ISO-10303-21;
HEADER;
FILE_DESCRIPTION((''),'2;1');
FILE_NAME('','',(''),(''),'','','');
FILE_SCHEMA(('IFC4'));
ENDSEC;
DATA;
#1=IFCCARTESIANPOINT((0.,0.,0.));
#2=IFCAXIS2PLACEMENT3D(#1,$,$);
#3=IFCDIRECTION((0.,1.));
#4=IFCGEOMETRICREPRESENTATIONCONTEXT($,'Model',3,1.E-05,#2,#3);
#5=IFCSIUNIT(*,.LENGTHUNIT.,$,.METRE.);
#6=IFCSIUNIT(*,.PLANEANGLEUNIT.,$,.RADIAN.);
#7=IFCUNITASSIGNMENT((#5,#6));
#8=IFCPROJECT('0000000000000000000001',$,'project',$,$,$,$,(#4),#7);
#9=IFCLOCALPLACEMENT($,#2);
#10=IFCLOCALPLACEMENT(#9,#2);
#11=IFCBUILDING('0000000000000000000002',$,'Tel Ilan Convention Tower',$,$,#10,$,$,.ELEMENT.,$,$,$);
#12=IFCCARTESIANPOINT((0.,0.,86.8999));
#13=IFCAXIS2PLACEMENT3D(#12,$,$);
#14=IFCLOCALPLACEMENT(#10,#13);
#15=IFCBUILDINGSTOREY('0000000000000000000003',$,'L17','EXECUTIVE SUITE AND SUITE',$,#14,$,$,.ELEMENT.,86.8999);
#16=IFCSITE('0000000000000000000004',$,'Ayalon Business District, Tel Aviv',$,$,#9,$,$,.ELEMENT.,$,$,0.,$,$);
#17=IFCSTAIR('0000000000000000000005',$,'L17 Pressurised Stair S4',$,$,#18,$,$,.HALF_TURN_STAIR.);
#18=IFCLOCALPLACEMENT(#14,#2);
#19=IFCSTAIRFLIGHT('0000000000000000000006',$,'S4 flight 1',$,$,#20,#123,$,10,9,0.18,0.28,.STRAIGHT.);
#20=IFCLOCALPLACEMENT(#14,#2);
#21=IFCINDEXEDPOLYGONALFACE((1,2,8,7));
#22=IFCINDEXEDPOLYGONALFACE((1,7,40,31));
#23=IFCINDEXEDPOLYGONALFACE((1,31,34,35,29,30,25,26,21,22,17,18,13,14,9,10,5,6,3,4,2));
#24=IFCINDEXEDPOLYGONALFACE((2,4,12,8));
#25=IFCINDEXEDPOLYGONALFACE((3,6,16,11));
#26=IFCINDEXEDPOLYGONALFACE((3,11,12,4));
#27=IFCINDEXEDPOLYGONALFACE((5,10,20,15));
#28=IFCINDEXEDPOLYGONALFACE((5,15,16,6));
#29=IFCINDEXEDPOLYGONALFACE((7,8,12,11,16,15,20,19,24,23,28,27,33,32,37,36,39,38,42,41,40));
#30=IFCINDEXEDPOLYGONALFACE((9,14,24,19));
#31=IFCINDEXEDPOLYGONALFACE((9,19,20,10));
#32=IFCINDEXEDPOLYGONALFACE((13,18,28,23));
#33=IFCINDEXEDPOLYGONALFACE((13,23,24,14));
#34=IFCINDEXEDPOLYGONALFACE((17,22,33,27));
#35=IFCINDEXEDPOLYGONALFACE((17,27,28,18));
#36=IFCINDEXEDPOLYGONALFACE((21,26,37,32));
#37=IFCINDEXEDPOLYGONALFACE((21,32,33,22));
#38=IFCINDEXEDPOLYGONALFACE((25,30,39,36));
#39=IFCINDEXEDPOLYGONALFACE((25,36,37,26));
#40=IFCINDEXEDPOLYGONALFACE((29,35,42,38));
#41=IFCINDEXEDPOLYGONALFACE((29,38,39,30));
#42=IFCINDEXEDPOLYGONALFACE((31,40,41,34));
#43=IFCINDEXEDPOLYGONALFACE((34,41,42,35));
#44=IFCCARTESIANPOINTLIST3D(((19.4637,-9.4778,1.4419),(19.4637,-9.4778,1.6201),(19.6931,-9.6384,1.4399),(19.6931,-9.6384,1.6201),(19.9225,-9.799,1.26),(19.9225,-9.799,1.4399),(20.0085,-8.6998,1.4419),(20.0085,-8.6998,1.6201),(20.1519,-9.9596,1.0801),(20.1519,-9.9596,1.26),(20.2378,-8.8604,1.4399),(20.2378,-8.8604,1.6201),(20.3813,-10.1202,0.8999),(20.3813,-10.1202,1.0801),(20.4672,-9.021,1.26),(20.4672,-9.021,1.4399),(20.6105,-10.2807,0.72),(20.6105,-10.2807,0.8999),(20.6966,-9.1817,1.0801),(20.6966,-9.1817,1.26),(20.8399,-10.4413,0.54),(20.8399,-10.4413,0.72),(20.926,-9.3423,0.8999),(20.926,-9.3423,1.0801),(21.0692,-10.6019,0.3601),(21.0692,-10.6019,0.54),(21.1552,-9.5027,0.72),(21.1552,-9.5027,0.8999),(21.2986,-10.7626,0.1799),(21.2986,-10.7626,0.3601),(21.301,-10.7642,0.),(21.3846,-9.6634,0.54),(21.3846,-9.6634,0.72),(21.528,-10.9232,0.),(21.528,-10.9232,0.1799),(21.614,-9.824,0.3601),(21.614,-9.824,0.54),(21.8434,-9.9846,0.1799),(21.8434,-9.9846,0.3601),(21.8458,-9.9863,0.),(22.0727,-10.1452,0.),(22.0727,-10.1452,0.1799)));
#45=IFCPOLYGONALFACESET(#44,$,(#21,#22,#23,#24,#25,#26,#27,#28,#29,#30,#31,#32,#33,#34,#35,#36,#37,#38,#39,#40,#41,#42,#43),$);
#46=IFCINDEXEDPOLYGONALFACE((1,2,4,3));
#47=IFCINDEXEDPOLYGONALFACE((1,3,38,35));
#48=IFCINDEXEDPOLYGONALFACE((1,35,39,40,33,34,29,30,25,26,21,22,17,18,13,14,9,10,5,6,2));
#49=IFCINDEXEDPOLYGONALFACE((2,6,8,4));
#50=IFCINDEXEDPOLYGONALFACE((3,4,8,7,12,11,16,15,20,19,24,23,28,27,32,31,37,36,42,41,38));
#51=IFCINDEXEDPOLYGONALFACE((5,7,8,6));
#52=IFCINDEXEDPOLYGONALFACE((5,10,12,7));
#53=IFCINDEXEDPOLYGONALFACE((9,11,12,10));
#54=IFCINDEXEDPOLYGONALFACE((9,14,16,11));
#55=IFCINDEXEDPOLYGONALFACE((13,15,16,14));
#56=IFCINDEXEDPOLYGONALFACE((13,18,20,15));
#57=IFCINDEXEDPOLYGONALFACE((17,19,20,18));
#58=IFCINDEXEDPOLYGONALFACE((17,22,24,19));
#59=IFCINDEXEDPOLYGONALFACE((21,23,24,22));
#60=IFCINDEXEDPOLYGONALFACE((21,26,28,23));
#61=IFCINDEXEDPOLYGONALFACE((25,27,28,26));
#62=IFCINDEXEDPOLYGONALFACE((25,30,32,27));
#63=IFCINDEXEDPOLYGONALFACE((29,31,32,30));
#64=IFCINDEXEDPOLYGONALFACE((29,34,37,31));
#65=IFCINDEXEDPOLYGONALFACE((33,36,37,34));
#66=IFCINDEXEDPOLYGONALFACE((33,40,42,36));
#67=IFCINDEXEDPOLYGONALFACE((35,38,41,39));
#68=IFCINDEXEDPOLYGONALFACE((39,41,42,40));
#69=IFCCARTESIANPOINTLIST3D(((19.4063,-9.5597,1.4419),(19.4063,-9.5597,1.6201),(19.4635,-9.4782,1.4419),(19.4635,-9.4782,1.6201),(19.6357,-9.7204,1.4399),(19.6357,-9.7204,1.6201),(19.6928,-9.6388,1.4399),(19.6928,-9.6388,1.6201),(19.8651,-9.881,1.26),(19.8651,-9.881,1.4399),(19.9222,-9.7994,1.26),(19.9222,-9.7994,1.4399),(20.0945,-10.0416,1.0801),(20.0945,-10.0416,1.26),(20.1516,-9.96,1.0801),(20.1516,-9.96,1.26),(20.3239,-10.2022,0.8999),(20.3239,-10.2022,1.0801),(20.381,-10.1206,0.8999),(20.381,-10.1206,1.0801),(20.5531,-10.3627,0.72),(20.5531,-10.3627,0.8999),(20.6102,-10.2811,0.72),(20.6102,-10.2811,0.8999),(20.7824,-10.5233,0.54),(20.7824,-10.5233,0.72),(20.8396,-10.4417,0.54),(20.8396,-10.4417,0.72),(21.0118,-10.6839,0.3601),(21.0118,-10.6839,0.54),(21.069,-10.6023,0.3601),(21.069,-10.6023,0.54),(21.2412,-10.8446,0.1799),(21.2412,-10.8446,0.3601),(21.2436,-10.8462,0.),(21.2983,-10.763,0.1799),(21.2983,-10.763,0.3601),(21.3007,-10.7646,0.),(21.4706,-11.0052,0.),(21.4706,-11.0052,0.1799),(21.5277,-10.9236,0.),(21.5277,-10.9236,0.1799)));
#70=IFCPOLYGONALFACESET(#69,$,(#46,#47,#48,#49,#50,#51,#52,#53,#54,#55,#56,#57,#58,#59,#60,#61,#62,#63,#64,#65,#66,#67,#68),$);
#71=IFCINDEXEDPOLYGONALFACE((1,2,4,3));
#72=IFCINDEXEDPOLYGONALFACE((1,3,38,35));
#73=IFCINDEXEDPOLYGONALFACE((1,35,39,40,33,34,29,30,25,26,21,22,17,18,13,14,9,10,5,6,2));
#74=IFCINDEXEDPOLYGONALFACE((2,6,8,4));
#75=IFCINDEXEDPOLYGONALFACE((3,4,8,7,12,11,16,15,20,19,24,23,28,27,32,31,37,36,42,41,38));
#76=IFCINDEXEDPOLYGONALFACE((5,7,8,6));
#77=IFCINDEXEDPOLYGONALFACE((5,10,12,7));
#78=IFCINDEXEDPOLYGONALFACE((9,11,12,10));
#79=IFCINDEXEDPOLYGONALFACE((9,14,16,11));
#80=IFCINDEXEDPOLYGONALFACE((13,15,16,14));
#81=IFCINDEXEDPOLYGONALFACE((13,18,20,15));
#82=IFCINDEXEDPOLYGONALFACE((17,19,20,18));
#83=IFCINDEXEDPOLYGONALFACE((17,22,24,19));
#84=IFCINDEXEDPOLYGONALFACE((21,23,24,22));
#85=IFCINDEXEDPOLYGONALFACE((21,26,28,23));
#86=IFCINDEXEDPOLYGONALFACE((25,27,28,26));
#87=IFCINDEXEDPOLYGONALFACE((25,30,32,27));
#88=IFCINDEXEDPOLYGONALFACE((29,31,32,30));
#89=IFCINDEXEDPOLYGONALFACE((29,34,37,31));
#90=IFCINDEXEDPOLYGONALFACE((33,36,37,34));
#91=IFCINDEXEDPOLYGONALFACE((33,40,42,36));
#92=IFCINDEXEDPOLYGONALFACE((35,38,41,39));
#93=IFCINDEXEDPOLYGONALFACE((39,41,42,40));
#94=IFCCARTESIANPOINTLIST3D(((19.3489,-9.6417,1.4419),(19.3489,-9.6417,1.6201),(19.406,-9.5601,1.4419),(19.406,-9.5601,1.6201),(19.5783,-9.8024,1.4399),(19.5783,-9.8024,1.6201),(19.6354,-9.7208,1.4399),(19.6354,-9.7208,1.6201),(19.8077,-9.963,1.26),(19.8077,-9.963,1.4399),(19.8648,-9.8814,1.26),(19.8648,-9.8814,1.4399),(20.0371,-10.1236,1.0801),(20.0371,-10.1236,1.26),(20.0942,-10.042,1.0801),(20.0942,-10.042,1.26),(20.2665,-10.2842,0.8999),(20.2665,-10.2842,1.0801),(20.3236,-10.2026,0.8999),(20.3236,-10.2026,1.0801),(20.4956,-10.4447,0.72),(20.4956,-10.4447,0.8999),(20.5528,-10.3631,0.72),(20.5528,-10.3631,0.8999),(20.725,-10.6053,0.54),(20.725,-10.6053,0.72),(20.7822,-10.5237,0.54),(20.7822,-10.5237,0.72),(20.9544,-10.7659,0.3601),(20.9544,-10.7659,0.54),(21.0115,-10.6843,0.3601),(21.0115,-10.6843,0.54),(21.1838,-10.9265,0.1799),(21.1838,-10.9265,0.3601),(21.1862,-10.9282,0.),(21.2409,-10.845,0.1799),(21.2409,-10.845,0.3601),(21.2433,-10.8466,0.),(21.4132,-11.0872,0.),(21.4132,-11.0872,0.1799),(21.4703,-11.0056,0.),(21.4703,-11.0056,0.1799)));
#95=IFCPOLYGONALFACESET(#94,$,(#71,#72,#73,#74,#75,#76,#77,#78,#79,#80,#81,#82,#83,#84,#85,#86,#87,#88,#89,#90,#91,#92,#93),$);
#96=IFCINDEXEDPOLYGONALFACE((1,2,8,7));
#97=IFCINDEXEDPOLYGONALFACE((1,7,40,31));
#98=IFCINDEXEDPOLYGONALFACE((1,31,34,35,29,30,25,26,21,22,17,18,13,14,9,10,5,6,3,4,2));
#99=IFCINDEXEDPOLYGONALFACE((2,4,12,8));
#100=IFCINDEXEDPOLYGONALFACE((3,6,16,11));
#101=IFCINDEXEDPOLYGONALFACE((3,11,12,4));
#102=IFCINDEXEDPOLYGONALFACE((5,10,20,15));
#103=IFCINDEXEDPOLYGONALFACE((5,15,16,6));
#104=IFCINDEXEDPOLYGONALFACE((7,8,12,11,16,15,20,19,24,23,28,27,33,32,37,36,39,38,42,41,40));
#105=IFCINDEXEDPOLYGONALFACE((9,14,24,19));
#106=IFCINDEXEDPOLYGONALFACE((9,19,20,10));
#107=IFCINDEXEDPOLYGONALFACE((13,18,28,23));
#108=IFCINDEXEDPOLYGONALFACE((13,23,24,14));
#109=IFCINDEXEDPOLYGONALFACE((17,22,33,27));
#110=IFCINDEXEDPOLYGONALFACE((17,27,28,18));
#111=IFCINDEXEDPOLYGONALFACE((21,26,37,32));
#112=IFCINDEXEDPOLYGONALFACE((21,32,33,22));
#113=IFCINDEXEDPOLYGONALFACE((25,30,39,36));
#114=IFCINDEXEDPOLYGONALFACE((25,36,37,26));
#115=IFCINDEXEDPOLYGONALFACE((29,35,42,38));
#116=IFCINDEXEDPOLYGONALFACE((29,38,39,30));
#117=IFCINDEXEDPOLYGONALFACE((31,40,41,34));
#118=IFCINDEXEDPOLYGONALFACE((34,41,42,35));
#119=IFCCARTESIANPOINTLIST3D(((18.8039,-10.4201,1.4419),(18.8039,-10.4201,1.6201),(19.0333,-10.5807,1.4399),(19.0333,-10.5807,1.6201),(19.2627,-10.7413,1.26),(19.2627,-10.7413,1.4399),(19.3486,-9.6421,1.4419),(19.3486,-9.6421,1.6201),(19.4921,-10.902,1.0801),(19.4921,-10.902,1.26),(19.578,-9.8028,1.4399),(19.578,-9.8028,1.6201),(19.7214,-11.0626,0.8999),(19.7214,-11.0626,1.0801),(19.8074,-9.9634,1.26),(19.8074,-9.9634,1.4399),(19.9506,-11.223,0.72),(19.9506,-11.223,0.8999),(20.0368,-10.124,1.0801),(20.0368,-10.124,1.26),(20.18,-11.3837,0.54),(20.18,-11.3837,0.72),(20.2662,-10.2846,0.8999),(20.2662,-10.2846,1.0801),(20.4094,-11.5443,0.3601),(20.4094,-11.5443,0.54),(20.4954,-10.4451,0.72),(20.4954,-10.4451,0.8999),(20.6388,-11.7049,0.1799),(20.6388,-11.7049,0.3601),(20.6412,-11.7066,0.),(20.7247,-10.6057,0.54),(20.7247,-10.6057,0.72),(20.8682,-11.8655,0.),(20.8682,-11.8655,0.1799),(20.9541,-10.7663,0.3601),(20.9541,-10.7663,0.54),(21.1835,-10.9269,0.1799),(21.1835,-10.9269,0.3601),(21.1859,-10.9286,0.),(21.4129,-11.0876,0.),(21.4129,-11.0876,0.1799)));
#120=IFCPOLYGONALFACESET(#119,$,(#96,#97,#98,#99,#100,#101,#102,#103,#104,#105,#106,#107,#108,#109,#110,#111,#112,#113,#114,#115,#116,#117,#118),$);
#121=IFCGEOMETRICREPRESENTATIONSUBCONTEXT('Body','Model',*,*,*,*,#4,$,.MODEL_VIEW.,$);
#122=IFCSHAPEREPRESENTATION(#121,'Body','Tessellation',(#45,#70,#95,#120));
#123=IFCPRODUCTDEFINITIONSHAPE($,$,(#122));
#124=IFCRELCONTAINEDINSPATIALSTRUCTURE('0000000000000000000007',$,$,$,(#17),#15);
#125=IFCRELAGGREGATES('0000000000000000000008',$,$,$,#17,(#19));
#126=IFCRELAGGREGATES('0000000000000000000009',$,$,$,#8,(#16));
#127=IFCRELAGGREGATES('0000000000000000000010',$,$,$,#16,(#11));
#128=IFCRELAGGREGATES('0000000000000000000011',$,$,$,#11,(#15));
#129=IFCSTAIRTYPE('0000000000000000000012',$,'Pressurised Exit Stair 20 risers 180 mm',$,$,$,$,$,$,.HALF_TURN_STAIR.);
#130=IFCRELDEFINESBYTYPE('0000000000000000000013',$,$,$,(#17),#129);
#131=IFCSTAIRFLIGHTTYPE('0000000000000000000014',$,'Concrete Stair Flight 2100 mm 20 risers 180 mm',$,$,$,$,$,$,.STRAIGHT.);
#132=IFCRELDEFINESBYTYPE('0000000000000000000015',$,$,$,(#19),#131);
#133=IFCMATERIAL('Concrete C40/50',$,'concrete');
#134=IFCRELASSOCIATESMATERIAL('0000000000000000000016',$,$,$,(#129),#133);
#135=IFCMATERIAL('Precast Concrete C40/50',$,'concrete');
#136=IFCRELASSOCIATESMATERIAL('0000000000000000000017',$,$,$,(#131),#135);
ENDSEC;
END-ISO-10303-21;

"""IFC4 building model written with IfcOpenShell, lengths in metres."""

from ifc_helpers import new_model, si_unit, direction, frame, origin, place, context, subcontext, project, spatial, polyline, outline, extrude, material, type_object, element, aggregate, save


model = new_model("IFC4")

# Units and contexts
model_context = context("Model", 3, precision=1e-05, world=origin(), true_north=direction((0.0, 1.0)))
body_context = subcontext(model_context, "Body", "Model", "MODEL_VIEW")
ifc_project = project(units=[si_unit("LENGTHUNIT", "METRE"), si_unit("PLANEANGLEUNIT", "RADIAN")], contexts=[model_context])

# Site, building, storey
site_placement = place(None, origin())
site = spatial("IfcSite", under=ifc_project, at=site_placement, Name="Ayalon Business District, Tel Aviv", CompositionType="ELEMENT", RefElevation=0.0)
building_placement = place(site_placement, origin())
building = spatial("IfcBuilding", under=site, at=building_placement, Name="Tel Ilan Convention Tower", CompositionType="ELEMENT")
storey_placement = place(building_placement, frame((0.0, 0.0, 86.8999)))
storey = spatial("IfcBuildingStorey", under=building, at=storey_placement, Name="L17", Description="EXECUTIVE SUITE AND SUITE", CompositionType="ELEMENT", Elevation=86.8999)

# Shared definitions
ifc_material_1 = material(Name="Concrete C40/50", Category="concrete")
stair_type = type_object("IfcStairType", Name="Pressurised Exit Stair 20 risers 180 mm", PredefinedType="HALF_TURN_STAIR", material=ifc_material_1)
ifc_material_2 = material(Name="Precast Concrete C40/50", Category="concrete")
stair_flight_type = type_object("IfcStairFlightType", Name="Concrete Stair Flight 2100 mm 20 risers 180 mm", PredefinedType="STRAIGHT", material=ifc_material_2)

# Stair, stair flight
stair_1_placement = place(storey_placement, origin())
stair_1 = element("IfcStair", 1, at=stair_1_placement, inside=storey, type_object=stair_type, Name="L17 Pressurised Stair S4", PredefinedType="HALF_TURN_STAIR")
stair_flight_1_placement = place(storey_placement, frame((21.4705, -11.0054, 0.0), z_axis=(0.0, 0.0, 1.0), x_axis=(-0.819152, 0.573576, 0.0)))
stair_flight_1 = element("IfcStairFlight", 2, at=stair_flight_1_placement, type_object=stair_flight_type, Name="S4 flight 1", NumberOfRisers=10, NumberOfTreads=9, PredefinedType="STRAIGHT", RiserHeight=0.18, TreadLength=0.28, context=body_context, shape_type="SweptSolid", body=[
    extrude(outline(polyline([(0.0, 0.0), (0.0, 0.1799), (0.28, 0.1799), (0.28, 0.3601), (0.5601, 0.3601), (0.5601, 0.54), (0.8401, 0.54), (0.8401, 0.72), (1.1201, 0.72), (1.1201, 0.8999), (1.3999, 0.8999), (1.3999, 1.0801), (1.6799, 1.0801), (1.6799, 1.26), (1.96, 1.26), (1.96, 1.4399), (2.24, 1.4399), (2.24, 1.6201), (2.52, 1.6201), (2.52, 1.8), (2.52, 1.4419), (0.2771, 0.0), (0.0, 0.0)])), frame((0.0, -0.1003, 0.0), z_axis=(0.0, -1.0, 0.0), x_axis=(1.0, 0.0, 0.0)), (0.0, 0.0, 1.0), 0.9497),
    extrude(outline(polyline([(0.0, 0.0), (0.0, 0.1799), (0.28, 0.1799), (0.28, 0.3601), (0.5601, 0.3601), (0.5601, 0.54), (0.8401, 0.54), (0.8401, 0.72), (1.1201, 0.72), (1.1201, 0.8999), (1.3999, 0.8999), (1.3999, 1.0801), (1.6799, 1.0801), (1.6799, 1.26), (1.96, 1.26), (1.96, 1.4399), (2.24, 1.4399), (2.24, 1.6201), (2.52, 1.6201), (2.52, 1.8), (2.52, 1.4419), (0.2771, 0.0), (0.0, 0.0)])), frame((0.0, -0.0002, 0.0), z_axis=(0.0, -1.0, 0.0), x_axis=(1.0, 0.0, 0.0)), (0.0, 0.0, 1.0), 0.0996),
    extrude(outline(polyline([(0.0, 0.0), (0.0, 0.1799), (0.28, 0.1799), (0.28, 0.3601), (0.5601, 0.3601), (0.5601, 0.54), (0.8401, 0.54), (0.8401, 0.72), (1.1201, 0.72), (1.1201, 0.8999), (1.3999, 0.8999), (1.3999, 1.0801), (1.6799, 1.0801), (1.6799, 1.26), (1.96, 1.26), (1.96, 1.4399), (2.24, 1.4399), (2.24, 1.6201), (2.52, 1.6201), (2.52, 1.8), (2.52, 1.4419), (0.2771, 0.0), (0.0, 0.0)])), frame((0.0, 0.0999, 0.0), z_axis=(0.0, -1.0, 0.0), x_axis=(1.0, 0.0, 0.0)), (0.0, 0.0, 1.0), 0.0996),
    extrude(outline(polyline([(0.0, 0.0), (0.0, 0.1799), (0.28, 0.1799), (0.28, 0.3601), (0.5601, 0.3601), (0.5601, 0.54), (0.8401, 0.54), (0.8401, 0.72), (1.1201, 0.72), (1.1201, 0.8999), (1.3999, 0.8999), (1.3999, 1.0801), (1.6799, 1.0801), (1.6799, 1.26), (1.96, 1.26), (1.96, 1.4399), (2.24, 1.4399), (2.24, 1.6201), (2.52, 1.6201), (2.52, 1.8), (2.52, 1.4419), (0.2771, 0.0), (0.0, 0.0)])), frame((0.0, 1.05, 0.0), z_axis=(0.0, -1.0, 0.0), x_axis=(1.0, 0.0, 0.0)), (0.0, 0.0, 1.0), 0.9497),
])
aggregate(stair_1, [stair_flight_1])

save(model, "model.ifc")
